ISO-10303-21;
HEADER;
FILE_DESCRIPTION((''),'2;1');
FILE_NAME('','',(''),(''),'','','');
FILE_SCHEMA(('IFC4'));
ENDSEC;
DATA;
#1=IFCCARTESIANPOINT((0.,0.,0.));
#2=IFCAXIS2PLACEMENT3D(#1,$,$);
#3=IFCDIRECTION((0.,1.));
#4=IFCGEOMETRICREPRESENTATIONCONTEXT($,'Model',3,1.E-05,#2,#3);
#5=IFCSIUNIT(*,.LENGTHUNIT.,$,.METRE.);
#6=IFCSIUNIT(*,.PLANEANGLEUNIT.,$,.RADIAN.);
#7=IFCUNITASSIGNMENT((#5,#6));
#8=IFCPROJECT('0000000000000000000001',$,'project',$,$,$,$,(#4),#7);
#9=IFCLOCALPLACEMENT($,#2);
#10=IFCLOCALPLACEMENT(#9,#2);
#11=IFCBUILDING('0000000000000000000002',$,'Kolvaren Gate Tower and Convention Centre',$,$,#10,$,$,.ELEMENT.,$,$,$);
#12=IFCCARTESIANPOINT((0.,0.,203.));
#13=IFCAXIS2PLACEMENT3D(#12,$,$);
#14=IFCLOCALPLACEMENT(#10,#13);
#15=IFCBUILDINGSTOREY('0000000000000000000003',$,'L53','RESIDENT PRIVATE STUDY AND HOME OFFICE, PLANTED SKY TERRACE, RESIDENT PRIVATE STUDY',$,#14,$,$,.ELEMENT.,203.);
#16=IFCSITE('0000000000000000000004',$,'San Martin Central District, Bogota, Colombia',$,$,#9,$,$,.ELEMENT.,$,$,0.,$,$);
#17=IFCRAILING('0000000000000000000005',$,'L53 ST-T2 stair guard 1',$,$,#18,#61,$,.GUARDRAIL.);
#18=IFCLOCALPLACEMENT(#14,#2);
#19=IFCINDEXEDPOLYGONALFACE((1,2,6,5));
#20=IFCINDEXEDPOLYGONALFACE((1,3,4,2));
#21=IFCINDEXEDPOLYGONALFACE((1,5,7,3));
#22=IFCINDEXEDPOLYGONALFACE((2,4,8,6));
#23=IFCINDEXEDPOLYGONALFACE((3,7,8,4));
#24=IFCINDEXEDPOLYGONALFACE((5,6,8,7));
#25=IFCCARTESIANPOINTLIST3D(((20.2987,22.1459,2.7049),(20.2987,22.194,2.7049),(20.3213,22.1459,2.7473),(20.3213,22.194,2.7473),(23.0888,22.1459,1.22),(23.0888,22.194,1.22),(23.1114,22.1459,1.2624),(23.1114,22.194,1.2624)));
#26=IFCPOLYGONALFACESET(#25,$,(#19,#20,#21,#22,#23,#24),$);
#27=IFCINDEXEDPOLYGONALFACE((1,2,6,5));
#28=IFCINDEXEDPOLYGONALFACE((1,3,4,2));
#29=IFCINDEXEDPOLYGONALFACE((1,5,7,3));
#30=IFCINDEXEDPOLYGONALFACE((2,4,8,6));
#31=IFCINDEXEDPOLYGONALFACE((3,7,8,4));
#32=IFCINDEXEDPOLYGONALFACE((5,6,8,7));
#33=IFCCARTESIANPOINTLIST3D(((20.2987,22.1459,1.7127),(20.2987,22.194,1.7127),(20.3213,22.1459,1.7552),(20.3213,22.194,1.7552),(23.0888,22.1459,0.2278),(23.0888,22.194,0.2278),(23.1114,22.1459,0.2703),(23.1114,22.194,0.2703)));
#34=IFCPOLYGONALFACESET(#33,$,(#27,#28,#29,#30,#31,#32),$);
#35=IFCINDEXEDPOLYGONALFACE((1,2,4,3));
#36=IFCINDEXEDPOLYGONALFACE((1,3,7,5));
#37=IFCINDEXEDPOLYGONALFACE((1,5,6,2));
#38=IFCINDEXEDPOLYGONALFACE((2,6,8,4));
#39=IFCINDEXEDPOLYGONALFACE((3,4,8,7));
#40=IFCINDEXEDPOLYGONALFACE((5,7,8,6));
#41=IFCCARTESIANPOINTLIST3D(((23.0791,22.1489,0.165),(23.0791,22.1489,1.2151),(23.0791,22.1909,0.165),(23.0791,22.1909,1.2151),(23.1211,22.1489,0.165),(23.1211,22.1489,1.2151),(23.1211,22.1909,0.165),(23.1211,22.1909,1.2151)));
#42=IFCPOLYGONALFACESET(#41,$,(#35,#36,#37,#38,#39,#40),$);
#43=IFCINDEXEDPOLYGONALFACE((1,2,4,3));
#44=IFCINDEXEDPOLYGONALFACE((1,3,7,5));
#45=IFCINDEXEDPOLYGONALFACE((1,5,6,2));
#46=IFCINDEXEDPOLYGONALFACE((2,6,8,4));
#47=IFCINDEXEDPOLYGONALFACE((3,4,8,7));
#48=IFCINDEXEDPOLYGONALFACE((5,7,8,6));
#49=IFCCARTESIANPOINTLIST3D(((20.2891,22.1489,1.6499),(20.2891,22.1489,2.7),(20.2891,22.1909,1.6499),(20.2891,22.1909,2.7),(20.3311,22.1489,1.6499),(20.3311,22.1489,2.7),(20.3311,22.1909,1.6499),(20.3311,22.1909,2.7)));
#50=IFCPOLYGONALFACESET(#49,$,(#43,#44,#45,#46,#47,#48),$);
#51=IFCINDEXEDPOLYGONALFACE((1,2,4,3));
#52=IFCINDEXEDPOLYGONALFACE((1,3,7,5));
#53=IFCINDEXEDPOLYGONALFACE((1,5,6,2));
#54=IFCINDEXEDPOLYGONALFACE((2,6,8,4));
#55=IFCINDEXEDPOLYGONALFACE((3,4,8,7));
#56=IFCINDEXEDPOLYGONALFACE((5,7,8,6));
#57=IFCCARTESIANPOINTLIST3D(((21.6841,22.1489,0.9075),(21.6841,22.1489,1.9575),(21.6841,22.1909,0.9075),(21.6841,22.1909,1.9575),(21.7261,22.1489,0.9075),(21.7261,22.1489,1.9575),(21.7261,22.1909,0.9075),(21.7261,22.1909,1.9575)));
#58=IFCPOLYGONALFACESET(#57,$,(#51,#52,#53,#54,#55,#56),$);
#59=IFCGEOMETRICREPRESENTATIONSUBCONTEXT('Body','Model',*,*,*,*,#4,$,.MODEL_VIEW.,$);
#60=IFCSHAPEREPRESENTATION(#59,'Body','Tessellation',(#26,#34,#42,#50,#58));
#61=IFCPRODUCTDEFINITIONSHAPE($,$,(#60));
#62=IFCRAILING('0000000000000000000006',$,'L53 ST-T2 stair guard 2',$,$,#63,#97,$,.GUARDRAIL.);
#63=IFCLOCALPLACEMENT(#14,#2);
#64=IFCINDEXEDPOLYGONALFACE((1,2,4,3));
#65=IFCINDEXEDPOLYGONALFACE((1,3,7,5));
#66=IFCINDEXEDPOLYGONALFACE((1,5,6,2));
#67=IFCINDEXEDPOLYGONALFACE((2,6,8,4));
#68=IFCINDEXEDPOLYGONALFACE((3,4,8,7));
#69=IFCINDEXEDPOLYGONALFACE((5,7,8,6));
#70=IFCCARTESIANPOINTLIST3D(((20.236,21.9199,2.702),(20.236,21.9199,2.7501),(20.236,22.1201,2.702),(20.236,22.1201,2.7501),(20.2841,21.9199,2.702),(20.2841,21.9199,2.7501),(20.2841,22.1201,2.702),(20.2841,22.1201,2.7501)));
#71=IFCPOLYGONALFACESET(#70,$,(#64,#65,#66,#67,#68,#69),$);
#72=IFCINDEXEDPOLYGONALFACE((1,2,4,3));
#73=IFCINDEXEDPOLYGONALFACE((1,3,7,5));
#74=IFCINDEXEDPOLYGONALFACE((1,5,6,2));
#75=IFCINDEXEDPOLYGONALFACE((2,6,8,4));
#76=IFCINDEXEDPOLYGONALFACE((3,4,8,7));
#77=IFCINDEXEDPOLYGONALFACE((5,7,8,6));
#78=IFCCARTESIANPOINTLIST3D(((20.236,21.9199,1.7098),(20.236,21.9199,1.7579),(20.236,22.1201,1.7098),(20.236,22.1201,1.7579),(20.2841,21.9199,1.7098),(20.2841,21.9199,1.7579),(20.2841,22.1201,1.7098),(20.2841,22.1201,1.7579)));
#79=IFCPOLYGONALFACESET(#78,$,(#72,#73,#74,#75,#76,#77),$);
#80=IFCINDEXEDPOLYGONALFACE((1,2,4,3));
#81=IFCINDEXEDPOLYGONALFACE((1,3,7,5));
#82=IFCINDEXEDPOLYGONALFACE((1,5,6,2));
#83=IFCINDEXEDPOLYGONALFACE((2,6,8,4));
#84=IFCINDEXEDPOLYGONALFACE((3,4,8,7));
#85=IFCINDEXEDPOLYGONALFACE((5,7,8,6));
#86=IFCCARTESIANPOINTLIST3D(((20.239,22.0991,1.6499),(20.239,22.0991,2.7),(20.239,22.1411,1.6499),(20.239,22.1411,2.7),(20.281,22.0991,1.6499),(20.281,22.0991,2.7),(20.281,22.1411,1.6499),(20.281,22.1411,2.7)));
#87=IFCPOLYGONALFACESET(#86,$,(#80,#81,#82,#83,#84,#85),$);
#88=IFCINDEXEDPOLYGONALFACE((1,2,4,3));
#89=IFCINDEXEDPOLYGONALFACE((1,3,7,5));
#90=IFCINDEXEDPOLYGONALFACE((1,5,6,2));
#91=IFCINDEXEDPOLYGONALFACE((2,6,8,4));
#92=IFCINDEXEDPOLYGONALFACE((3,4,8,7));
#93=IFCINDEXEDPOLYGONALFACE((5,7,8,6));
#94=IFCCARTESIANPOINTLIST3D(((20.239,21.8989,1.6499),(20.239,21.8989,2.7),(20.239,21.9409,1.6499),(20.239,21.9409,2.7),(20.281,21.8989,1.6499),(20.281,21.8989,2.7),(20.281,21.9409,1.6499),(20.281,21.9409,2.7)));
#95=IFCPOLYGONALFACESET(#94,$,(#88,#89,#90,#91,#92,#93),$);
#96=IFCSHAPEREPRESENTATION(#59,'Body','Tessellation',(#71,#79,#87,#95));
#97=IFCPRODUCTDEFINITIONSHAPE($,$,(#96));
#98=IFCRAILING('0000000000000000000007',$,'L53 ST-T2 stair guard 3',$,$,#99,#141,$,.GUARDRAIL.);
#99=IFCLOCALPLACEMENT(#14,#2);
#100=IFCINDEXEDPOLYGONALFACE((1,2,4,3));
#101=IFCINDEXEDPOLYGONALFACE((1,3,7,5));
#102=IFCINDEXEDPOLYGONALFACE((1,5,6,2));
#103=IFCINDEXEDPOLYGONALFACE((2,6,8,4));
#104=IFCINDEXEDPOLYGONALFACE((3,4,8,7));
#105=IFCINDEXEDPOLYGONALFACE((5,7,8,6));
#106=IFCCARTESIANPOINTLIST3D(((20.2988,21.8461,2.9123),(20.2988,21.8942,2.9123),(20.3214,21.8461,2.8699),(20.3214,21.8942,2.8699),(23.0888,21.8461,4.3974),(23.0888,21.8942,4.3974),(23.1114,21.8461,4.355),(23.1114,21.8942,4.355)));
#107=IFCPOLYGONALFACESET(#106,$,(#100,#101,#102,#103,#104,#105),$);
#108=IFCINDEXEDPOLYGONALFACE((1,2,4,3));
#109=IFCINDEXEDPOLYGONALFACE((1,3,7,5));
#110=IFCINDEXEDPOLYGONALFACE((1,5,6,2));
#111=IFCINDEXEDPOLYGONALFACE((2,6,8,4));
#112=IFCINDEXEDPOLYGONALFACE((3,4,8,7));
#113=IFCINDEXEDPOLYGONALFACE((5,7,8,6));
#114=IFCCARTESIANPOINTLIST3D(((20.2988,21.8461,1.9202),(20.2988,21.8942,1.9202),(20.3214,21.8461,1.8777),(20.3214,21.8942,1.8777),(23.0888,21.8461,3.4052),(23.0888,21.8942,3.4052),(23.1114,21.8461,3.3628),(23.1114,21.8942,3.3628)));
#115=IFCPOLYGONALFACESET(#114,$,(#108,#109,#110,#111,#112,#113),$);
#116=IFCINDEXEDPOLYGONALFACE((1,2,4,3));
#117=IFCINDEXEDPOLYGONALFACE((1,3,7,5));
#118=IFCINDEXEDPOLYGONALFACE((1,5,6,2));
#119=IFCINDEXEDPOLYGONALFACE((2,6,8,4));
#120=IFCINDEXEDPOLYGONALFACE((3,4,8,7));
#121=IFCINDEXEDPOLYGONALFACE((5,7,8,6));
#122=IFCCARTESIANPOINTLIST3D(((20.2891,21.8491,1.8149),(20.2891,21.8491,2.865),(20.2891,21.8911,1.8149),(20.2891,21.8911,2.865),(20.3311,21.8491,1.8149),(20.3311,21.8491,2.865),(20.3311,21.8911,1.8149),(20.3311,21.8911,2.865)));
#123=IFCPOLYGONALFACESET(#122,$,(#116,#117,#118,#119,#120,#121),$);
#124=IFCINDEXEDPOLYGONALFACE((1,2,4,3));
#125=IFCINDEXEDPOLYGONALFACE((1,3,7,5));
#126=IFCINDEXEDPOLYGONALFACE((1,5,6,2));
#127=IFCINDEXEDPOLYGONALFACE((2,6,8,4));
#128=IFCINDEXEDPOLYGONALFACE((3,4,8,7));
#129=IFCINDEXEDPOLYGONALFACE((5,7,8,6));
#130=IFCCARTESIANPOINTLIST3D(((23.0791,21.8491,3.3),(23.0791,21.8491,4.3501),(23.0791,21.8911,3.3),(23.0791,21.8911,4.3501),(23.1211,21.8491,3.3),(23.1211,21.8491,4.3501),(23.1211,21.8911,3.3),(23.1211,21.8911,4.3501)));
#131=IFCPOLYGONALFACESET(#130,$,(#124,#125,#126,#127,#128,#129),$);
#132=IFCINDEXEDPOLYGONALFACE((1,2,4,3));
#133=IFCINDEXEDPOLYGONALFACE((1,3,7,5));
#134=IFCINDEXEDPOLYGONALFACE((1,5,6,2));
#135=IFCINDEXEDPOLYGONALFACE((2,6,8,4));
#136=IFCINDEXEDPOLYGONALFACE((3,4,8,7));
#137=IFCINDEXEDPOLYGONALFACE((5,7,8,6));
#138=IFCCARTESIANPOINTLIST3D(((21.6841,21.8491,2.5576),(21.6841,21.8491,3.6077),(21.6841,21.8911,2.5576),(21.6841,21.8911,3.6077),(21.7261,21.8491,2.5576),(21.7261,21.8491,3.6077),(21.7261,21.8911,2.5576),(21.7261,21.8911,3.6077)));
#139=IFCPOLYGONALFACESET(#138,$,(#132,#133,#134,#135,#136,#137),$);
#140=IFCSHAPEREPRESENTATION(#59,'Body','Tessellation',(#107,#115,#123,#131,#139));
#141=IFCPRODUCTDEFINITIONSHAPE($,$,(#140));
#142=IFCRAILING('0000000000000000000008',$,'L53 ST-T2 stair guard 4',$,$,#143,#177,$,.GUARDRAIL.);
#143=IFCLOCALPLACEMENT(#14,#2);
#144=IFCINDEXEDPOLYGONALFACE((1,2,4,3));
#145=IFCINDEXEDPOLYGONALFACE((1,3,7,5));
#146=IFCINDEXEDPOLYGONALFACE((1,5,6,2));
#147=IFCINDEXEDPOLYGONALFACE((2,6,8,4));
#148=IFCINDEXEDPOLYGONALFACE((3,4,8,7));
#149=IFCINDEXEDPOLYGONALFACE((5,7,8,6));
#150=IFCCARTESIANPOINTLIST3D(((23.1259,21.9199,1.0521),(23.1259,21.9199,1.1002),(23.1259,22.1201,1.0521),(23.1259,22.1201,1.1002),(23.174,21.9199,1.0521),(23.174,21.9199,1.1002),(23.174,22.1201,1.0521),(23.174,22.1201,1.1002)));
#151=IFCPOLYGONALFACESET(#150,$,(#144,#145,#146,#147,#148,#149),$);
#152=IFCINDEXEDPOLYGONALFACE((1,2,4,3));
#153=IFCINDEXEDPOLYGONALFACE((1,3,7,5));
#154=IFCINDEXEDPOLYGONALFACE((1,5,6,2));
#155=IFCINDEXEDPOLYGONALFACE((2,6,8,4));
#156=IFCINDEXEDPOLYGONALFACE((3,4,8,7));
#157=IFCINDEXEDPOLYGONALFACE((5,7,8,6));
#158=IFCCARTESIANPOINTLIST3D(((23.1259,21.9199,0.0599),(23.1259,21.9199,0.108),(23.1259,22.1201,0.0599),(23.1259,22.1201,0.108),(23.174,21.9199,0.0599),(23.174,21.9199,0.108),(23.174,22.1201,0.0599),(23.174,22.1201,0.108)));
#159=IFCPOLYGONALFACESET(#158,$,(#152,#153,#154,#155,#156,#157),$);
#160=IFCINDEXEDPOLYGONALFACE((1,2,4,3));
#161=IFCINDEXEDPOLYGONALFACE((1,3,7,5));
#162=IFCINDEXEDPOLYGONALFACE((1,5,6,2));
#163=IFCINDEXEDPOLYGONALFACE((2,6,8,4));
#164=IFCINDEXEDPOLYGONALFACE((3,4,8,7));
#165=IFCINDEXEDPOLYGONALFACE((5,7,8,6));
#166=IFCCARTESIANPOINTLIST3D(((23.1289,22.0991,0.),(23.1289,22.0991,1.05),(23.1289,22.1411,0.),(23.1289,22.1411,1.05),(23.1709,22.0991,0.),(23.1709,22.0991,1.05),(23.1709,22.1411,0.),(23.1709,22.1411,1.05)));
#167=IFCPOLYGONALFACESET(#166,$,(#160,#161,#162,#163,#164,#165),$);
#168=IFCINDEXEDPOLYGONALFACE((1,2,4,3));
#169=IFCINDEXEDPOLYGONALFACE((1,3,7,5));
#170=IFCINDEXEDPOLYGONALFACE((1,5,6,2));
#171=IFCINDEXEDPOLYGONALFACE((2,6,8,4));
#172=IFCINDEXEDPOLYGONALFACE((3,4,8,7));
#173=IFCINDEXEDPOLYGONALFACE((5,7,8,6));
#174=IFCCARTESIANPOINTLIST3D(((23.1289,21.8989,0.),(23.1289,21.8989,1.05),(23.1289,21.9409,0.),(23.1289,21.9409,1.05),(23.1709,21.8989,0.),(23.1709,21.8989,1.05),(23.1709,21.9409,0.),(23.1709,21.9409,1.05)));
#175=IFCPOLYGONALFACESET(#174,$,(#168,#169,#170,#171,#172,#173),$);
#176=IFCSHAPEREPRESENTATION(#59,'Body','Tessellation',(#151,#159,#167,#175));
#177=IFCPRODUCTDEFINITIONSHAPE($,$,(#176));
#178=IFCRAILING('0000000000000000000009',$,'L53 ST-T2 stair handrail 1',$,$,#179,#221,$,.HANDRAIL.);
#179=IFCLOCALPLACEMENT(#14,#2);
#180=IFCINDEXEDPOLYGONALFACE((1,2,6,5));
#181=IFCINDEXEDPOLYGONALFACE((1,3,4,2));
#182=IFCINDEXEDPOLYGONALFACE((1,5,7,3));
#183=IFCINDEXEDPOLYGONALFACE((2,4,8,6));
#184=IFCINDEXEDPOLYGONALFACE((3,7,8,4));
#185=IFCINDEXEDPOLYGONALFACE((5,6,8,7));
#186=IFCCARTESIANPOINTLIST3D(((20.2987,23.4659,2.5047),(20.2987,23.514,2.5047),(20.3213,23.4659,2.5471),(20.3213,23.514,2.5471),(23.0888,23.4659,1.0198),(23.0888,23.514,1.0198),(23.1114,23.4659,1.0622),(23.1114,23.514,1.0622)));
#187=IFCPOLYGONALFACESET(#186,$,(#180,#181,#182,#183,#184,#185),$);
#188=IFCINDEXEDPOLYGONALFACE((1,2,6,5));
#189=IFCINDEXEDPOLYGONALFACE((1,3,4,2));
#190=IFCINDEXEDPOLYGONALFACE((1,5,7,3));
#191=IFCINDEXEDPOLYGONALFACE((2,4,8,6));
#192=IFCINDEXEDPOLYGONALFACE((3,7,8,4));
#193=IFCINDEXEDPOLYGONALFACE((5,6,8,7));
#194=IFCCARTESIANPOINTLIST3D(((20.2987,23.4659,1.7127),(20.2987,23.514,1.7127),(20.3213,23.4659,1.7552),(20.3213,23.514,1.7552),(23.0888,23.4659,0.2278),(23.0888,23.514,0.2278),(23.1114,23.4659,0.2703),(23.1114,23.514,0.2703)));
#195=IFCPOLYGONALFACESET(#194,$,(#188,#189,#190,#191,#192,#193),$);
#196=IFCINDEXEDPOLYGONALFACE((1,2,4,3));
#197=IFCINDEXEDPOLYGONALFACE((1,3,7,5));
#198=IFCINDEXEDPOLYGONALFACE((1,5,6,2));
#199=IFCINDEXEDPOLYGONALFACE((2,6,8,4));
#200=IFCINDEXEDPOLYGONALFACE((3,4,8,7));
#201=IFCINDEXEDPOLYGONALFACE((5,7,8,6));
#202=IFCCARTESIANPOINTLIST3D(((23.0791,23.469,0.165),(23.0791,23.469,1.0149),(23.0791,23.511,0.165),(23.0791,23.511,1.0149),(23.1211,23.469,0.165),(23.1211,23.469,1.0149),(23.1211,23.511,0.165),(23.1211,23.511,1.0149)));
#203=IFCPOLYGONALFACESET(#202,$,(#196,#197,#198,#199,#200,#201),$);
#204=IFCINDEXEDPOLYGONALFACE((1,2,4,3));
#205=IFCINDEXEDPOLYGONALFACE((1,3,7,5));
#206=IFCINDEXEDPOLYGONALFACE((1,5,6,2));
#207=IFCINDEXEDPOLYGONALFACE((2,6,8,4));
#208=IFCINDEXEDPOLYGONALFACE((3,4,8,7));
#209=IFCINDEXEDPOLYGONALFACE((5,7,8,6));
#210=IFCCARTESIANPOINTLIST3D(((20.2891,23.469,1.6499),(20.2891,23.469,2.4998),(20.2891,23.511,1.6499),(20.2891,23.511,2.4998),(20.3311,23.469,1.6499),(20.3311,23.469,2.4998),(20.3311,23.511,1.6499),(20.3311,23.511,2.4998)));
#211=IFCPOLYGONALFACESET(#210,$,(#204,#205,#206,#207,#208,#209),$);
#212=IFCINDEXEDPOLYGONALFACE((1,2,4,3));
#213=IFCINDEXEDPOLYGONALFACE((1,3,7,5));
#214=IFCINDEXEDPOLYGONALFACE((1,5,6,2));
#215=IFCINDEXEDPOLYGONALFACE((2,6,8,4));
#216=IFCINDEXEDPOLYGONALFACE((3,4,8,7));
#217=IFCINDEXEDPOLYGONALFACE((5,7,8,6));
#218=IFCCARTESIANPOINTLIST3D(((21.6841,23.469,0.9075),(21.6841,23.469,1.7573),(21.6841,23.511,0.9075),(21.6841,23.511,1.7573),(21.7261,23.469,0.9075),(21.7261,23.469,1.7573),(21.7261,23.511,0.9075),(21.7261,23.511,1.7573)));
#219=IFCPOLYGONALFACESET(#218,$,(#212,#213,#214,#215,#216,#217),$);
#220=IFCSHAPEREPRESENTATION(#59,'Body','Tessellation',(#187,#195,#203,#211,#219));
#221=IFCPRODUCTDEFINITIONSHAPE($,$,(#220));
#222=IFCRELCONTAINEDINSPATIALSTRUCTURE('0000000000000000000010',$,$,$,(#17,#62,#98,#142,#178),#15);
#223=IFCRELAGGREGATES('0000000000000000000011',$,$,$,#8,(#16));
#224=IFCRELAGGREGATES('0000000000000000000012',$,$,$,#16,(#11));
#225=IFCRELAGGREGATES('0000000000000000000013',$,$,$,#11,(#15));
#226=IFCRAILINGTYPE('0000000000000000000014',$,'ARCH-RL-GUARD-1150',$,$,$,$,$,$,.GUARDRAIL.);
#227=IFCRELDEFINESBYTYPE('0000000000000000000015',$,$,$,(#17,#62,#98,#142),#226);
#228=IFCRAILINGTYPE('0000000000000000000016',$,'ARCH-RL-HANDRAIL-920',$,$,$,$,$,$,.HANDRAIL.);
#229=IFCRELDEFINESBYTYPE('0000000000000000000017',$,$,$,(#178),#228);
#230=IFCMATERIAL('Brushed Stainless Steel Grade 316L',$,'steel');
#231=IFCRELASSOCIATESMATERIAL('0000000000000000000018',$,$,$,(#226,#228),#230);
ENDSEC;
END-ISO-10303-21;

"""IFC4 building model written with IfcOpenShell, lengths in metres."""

from ifc_helpers import new_model, si_unit, direction, frame, origin, origin_2d, place, context, subcontext, project, spatial, rectangle, extrude, material, type_object, element, save


model = new_model("IFC4")

# Units and contexts
model_context = context("Model", 3, precision=1e-05, world=origin(), true_north=direction((0.0, 1.0)))
body_context = subcontext(model_context, "Body", "Model", "MODEL_VIEW")
ifc_project = project(units=[si_unit("LENGTHUNIT", "METRE"), si_unit("PLANEANGLEUNIT", "RADIAN")], contexts=[model_context])

# Site, building, storey
site_placement = place(None, origin())
site = spatial("IfcSite", under=ifc_project, at=site_placement, Name="San Martin Central District, Bogota, Colombia", CompositionType="ELEMENT", RefElevation=0.0)
building_placement = place(site_placement, origin())
building = spatial("IfcBuilding", under=site, at=building_placement, Name="Kolvaren Gate Tower and Convention Centre", CompositionType="ELEMENT")
storey_placement = place(building_placement, frame((0.0, 0.0, 203.0)))
storey = spatial("IfcBuildingStorey", under=building, at=storey_placement, Name="L53", Description="RESIDENT PRIVATE STUDY AND HOME OFFICE, PLANTED SKY TERRACE, RESIDENT PRIVATE STUDY", CompositionType="ELEMENT", Elevation=203.0)

# Shared definitions
ifc_material_1 = material(Name="Brushed Stainless Steel Grade 316L", Category="steel")

# Railings
railing_type_1 = type_object("IfcRailingType", Name="ARCH-RL-GUARD-1150", PredefinedType="GUARDRAIL", material=ifc_material_1)
railing_1_placement = place(storey_placement, frame((23.1001, 22.1699, 0.165)))
element("IfcRailing", 1, at=railing_1_placement, inside=storey, type_object=railing_type_1, Name="L53 ST-T2 stair guard 1", PredefinedType="GUARDRAIL", context=body_context, shape_type="SweptSolid", body=[
    extrude(rectangle(XDim=0.0481, YDim=0.0481, at=origin_2d()), frame((0.0, 0.0, 1.0762), z_axis=(-0.882767, 0.0, 0.46981), x_axis=(0.0, -1.0, 0.0)), (0.0, 0.0, 1.0), 3.1606),
    extrude(rectangle(XDim=0.0481, YDim=0.0481, at=origin_2d()), frame((0.0, 0.0, 0.084), z_axis=(-0.882767, 0.0, 0.46981), x_axis=(0.0, -1.0, 0.0)), (0.0, 0.0, 1.0), 3.1606),
    extrude(rectangle(XDim=0.042, YDim=0.042, at=origin_2d()), origin(), (0.0, 0.0, 1.0), 1.05),
    extrude(rectangle(XDim=0.042, YDim=0.042, at=origin_2d()), frame((-2.79, 0.0, 1.4849)), (0.0, 0.0, 1.0), 1.05),
    extrude(rectangle(XDim=0.042, YDim=0.042, at=origin_2d()), frame((-1.395, 0.0, 0.7424)), (0.0, 0.0, 1.0), 1.05),
])
railing_2_placement = place(storey_placement, frame((20.26, 22.1201, 1.6499)))
element("IfcRailing", 2, at=railing_2_placement, inside=storey, type_object=railing_type_1, Name="L53 ST-T2 stair guard 2", PredefinedType="GUARDRAIL", context=body_context, shape_type="SweptSolid", body=[
    extrude(rectangle(XDim=0.0481, YDim=0.0481, at=origin_2d()), frame((0.0, 0.0, 1.0762), z_axis=(0.0, -1.0, 0.0), x_axis=(1.0, 0.0, 0.0)), (0.0, 0.0, 1.0), 0.2002),
    extrude(rectangle(XDim=0.0481, YDim=0.0481, at=origin_2d()), frame((0.0, 0.0, 0.084), z_axis=(0.0, -1.0, 0.0), x_axis=(1.0, 0.0, 0.0)), (0.0, 0.0, 1.0), 0.2002),
    extrude(rectangle(XDim=0.042, YDim=0.042, at=origin_2d()), origin(), (0.0, 0.0, 1.0), 1.05),
    extrude(rectangle(XDim=0.042, YDim=0.042, at=origin_2d()), frame((0.0, -0.2002, 0.0)), (0.0, 0.0, 1.0), 1.05),
])
railing_3_placement = place(storey_placement, frame((20.3101, 21.8701, 1.8149)))
element("IfcRailing", 3, at=railing_3_placement, inside=storey, type_object=railing_type_1, Name="L53 ST-T2 stair guard 3", PredefinedType="GUARDRAIL", context=body_context, shape_type="SweptSolid", body=[
    extrude(rectangle(XDim=0.0481, YDim=0.0481, at=origin_2d()), frame((0.0, 0.0, 1.0762), z_axis=(0.882735, 0.0, 0.46987), x_axis=(0.0, 1.0, 0.0)), (0.0, 0.0, 1.0), 3.1606),
    extrude(rectangle(XDim=0.0481, YDim=0.0481, at=origin_2d()), frame((0.0, 0.0, 0.084), z_axis=(0.882735, 0.0, 0.46987), x_axis=(0.0, 1.0, 0.0)), (0.0, 0.0, 1.0), 3.1606),
    extrude(rectangle(XDim=0.042, YDim=0.042, at=origin_2d()), origin(), (0.0, 0.0, 1.0), 1.05),
    extrude(rectangle(XDim=0.042, YDim=0.042, at=origin_2d()), frame((2.79, 0.0, 1.4851)), (0.0, 0.0, 1.0), 1.05),
    extrude(rectangle(XDim=0.042, YDim=0.042, at=origin_2d()), frame((1.395, 0.0, 0.7427)), (0.0, 0.0, 1.0), 1.05),
])
railing_4_placement = place(storey_placement, frame((23.1499, 22.1201, 0.0)))
element("IfcRailing", 4, at=railing_4_placement, inside=storey, type_object=railing_type_1, Name="L53 ST-T2 stair guard 4", PredefinedType="GUARDRAIL", context=body_context, shape_type="SweptSolid", body=[
    extrude(rectangle(XDim=0.0481, YDim=0.0481, at=origin_2d()), frame((0.0, 0.0, 1.0762), z_axis=(0.0, -1.0, 0.0), x_axis=(1.0, 0.0, 0.0)), (0.0, 0.0, 1.0), 0.2002),
    extrude(rectangle(XDim=0.0481, YDim=0.0481, at=origin_2d()), frame((0.0, 0.0, 0.084), z_axis=(0.0, -1.0, 0.0), x_axis=(1.0, 0.0, 0.0)), (0.0, 0.0, 1.0), 0.2002),
    extrude(rectangle(XDim=0.042, YDim=0.042, at=origin_2d()), origin(), (0.0, 0.0, 1.0), 1.05),
    extrude(rectangle(XDim=0.042, YDim=0.042, at=origin_2d()), frame((0.0, -0.2002, 0.0)), (0.0, 0.0, 1.0), 1.05),
])
railing_type_2 = type_object("IfcRailingType", Name="ARCH-RL-HANDRAIL-920", PredefinedType="HANDRAIL", material=ifc_material_1)
railing_5_placement = place(storey_placement, frame((23.1001, 23.49, 0.165)))
element("IfcRailing", 5, at=railing_5_placement, inside=storey, type_object=railing_type_2, Name="L53 ST-T2 stair handrail 1", PredefinedType="HANDRAIL", context=body_context, shape_type="SweptSolid", body=[
    extrude(rectangle(XDim=0.0481, YDim=0.0481, at=origin_2d()), frame((0.0, 0.0, 0.876), z_axis=(-0.882767, 0.0, 0.46981), x_axis=(0.0, -1.0, 0.0)), (0.0, 0.0, 1.0), 3.1606),
    extrude(rectangle(XDim=0.0481, YDim=0.0481, at=origin_2d()), frame((0.0, 0.0, 0.084), z_axis=(-0.882767, 0.0, 0.46981), x_axis=(0.0, -1.0, 0.0)), (0.0, 0.0, 1.0), 3.1606),
    extrude(rectangle(XDim=0.042, YDim=0.042, at=origin_2d()), origin(), (0.0, 0.0, 1.0), 0.8499),
    extrude(rectangle(XDim=0.042, YDim=0.042, at=origin_2d()), frame((-2.79, 0.0, 1.4849)), (0.0, 0.0, 1.0), 0.8499),
    extrude(rectangle(XDim=0.042, YDim=0.042, at=origin_2d()), frame((-1.395, 0.0, 0.7424)), (0.0, 0.0, 1.0), 0.8499),
])

save(model, "model.ifc")
